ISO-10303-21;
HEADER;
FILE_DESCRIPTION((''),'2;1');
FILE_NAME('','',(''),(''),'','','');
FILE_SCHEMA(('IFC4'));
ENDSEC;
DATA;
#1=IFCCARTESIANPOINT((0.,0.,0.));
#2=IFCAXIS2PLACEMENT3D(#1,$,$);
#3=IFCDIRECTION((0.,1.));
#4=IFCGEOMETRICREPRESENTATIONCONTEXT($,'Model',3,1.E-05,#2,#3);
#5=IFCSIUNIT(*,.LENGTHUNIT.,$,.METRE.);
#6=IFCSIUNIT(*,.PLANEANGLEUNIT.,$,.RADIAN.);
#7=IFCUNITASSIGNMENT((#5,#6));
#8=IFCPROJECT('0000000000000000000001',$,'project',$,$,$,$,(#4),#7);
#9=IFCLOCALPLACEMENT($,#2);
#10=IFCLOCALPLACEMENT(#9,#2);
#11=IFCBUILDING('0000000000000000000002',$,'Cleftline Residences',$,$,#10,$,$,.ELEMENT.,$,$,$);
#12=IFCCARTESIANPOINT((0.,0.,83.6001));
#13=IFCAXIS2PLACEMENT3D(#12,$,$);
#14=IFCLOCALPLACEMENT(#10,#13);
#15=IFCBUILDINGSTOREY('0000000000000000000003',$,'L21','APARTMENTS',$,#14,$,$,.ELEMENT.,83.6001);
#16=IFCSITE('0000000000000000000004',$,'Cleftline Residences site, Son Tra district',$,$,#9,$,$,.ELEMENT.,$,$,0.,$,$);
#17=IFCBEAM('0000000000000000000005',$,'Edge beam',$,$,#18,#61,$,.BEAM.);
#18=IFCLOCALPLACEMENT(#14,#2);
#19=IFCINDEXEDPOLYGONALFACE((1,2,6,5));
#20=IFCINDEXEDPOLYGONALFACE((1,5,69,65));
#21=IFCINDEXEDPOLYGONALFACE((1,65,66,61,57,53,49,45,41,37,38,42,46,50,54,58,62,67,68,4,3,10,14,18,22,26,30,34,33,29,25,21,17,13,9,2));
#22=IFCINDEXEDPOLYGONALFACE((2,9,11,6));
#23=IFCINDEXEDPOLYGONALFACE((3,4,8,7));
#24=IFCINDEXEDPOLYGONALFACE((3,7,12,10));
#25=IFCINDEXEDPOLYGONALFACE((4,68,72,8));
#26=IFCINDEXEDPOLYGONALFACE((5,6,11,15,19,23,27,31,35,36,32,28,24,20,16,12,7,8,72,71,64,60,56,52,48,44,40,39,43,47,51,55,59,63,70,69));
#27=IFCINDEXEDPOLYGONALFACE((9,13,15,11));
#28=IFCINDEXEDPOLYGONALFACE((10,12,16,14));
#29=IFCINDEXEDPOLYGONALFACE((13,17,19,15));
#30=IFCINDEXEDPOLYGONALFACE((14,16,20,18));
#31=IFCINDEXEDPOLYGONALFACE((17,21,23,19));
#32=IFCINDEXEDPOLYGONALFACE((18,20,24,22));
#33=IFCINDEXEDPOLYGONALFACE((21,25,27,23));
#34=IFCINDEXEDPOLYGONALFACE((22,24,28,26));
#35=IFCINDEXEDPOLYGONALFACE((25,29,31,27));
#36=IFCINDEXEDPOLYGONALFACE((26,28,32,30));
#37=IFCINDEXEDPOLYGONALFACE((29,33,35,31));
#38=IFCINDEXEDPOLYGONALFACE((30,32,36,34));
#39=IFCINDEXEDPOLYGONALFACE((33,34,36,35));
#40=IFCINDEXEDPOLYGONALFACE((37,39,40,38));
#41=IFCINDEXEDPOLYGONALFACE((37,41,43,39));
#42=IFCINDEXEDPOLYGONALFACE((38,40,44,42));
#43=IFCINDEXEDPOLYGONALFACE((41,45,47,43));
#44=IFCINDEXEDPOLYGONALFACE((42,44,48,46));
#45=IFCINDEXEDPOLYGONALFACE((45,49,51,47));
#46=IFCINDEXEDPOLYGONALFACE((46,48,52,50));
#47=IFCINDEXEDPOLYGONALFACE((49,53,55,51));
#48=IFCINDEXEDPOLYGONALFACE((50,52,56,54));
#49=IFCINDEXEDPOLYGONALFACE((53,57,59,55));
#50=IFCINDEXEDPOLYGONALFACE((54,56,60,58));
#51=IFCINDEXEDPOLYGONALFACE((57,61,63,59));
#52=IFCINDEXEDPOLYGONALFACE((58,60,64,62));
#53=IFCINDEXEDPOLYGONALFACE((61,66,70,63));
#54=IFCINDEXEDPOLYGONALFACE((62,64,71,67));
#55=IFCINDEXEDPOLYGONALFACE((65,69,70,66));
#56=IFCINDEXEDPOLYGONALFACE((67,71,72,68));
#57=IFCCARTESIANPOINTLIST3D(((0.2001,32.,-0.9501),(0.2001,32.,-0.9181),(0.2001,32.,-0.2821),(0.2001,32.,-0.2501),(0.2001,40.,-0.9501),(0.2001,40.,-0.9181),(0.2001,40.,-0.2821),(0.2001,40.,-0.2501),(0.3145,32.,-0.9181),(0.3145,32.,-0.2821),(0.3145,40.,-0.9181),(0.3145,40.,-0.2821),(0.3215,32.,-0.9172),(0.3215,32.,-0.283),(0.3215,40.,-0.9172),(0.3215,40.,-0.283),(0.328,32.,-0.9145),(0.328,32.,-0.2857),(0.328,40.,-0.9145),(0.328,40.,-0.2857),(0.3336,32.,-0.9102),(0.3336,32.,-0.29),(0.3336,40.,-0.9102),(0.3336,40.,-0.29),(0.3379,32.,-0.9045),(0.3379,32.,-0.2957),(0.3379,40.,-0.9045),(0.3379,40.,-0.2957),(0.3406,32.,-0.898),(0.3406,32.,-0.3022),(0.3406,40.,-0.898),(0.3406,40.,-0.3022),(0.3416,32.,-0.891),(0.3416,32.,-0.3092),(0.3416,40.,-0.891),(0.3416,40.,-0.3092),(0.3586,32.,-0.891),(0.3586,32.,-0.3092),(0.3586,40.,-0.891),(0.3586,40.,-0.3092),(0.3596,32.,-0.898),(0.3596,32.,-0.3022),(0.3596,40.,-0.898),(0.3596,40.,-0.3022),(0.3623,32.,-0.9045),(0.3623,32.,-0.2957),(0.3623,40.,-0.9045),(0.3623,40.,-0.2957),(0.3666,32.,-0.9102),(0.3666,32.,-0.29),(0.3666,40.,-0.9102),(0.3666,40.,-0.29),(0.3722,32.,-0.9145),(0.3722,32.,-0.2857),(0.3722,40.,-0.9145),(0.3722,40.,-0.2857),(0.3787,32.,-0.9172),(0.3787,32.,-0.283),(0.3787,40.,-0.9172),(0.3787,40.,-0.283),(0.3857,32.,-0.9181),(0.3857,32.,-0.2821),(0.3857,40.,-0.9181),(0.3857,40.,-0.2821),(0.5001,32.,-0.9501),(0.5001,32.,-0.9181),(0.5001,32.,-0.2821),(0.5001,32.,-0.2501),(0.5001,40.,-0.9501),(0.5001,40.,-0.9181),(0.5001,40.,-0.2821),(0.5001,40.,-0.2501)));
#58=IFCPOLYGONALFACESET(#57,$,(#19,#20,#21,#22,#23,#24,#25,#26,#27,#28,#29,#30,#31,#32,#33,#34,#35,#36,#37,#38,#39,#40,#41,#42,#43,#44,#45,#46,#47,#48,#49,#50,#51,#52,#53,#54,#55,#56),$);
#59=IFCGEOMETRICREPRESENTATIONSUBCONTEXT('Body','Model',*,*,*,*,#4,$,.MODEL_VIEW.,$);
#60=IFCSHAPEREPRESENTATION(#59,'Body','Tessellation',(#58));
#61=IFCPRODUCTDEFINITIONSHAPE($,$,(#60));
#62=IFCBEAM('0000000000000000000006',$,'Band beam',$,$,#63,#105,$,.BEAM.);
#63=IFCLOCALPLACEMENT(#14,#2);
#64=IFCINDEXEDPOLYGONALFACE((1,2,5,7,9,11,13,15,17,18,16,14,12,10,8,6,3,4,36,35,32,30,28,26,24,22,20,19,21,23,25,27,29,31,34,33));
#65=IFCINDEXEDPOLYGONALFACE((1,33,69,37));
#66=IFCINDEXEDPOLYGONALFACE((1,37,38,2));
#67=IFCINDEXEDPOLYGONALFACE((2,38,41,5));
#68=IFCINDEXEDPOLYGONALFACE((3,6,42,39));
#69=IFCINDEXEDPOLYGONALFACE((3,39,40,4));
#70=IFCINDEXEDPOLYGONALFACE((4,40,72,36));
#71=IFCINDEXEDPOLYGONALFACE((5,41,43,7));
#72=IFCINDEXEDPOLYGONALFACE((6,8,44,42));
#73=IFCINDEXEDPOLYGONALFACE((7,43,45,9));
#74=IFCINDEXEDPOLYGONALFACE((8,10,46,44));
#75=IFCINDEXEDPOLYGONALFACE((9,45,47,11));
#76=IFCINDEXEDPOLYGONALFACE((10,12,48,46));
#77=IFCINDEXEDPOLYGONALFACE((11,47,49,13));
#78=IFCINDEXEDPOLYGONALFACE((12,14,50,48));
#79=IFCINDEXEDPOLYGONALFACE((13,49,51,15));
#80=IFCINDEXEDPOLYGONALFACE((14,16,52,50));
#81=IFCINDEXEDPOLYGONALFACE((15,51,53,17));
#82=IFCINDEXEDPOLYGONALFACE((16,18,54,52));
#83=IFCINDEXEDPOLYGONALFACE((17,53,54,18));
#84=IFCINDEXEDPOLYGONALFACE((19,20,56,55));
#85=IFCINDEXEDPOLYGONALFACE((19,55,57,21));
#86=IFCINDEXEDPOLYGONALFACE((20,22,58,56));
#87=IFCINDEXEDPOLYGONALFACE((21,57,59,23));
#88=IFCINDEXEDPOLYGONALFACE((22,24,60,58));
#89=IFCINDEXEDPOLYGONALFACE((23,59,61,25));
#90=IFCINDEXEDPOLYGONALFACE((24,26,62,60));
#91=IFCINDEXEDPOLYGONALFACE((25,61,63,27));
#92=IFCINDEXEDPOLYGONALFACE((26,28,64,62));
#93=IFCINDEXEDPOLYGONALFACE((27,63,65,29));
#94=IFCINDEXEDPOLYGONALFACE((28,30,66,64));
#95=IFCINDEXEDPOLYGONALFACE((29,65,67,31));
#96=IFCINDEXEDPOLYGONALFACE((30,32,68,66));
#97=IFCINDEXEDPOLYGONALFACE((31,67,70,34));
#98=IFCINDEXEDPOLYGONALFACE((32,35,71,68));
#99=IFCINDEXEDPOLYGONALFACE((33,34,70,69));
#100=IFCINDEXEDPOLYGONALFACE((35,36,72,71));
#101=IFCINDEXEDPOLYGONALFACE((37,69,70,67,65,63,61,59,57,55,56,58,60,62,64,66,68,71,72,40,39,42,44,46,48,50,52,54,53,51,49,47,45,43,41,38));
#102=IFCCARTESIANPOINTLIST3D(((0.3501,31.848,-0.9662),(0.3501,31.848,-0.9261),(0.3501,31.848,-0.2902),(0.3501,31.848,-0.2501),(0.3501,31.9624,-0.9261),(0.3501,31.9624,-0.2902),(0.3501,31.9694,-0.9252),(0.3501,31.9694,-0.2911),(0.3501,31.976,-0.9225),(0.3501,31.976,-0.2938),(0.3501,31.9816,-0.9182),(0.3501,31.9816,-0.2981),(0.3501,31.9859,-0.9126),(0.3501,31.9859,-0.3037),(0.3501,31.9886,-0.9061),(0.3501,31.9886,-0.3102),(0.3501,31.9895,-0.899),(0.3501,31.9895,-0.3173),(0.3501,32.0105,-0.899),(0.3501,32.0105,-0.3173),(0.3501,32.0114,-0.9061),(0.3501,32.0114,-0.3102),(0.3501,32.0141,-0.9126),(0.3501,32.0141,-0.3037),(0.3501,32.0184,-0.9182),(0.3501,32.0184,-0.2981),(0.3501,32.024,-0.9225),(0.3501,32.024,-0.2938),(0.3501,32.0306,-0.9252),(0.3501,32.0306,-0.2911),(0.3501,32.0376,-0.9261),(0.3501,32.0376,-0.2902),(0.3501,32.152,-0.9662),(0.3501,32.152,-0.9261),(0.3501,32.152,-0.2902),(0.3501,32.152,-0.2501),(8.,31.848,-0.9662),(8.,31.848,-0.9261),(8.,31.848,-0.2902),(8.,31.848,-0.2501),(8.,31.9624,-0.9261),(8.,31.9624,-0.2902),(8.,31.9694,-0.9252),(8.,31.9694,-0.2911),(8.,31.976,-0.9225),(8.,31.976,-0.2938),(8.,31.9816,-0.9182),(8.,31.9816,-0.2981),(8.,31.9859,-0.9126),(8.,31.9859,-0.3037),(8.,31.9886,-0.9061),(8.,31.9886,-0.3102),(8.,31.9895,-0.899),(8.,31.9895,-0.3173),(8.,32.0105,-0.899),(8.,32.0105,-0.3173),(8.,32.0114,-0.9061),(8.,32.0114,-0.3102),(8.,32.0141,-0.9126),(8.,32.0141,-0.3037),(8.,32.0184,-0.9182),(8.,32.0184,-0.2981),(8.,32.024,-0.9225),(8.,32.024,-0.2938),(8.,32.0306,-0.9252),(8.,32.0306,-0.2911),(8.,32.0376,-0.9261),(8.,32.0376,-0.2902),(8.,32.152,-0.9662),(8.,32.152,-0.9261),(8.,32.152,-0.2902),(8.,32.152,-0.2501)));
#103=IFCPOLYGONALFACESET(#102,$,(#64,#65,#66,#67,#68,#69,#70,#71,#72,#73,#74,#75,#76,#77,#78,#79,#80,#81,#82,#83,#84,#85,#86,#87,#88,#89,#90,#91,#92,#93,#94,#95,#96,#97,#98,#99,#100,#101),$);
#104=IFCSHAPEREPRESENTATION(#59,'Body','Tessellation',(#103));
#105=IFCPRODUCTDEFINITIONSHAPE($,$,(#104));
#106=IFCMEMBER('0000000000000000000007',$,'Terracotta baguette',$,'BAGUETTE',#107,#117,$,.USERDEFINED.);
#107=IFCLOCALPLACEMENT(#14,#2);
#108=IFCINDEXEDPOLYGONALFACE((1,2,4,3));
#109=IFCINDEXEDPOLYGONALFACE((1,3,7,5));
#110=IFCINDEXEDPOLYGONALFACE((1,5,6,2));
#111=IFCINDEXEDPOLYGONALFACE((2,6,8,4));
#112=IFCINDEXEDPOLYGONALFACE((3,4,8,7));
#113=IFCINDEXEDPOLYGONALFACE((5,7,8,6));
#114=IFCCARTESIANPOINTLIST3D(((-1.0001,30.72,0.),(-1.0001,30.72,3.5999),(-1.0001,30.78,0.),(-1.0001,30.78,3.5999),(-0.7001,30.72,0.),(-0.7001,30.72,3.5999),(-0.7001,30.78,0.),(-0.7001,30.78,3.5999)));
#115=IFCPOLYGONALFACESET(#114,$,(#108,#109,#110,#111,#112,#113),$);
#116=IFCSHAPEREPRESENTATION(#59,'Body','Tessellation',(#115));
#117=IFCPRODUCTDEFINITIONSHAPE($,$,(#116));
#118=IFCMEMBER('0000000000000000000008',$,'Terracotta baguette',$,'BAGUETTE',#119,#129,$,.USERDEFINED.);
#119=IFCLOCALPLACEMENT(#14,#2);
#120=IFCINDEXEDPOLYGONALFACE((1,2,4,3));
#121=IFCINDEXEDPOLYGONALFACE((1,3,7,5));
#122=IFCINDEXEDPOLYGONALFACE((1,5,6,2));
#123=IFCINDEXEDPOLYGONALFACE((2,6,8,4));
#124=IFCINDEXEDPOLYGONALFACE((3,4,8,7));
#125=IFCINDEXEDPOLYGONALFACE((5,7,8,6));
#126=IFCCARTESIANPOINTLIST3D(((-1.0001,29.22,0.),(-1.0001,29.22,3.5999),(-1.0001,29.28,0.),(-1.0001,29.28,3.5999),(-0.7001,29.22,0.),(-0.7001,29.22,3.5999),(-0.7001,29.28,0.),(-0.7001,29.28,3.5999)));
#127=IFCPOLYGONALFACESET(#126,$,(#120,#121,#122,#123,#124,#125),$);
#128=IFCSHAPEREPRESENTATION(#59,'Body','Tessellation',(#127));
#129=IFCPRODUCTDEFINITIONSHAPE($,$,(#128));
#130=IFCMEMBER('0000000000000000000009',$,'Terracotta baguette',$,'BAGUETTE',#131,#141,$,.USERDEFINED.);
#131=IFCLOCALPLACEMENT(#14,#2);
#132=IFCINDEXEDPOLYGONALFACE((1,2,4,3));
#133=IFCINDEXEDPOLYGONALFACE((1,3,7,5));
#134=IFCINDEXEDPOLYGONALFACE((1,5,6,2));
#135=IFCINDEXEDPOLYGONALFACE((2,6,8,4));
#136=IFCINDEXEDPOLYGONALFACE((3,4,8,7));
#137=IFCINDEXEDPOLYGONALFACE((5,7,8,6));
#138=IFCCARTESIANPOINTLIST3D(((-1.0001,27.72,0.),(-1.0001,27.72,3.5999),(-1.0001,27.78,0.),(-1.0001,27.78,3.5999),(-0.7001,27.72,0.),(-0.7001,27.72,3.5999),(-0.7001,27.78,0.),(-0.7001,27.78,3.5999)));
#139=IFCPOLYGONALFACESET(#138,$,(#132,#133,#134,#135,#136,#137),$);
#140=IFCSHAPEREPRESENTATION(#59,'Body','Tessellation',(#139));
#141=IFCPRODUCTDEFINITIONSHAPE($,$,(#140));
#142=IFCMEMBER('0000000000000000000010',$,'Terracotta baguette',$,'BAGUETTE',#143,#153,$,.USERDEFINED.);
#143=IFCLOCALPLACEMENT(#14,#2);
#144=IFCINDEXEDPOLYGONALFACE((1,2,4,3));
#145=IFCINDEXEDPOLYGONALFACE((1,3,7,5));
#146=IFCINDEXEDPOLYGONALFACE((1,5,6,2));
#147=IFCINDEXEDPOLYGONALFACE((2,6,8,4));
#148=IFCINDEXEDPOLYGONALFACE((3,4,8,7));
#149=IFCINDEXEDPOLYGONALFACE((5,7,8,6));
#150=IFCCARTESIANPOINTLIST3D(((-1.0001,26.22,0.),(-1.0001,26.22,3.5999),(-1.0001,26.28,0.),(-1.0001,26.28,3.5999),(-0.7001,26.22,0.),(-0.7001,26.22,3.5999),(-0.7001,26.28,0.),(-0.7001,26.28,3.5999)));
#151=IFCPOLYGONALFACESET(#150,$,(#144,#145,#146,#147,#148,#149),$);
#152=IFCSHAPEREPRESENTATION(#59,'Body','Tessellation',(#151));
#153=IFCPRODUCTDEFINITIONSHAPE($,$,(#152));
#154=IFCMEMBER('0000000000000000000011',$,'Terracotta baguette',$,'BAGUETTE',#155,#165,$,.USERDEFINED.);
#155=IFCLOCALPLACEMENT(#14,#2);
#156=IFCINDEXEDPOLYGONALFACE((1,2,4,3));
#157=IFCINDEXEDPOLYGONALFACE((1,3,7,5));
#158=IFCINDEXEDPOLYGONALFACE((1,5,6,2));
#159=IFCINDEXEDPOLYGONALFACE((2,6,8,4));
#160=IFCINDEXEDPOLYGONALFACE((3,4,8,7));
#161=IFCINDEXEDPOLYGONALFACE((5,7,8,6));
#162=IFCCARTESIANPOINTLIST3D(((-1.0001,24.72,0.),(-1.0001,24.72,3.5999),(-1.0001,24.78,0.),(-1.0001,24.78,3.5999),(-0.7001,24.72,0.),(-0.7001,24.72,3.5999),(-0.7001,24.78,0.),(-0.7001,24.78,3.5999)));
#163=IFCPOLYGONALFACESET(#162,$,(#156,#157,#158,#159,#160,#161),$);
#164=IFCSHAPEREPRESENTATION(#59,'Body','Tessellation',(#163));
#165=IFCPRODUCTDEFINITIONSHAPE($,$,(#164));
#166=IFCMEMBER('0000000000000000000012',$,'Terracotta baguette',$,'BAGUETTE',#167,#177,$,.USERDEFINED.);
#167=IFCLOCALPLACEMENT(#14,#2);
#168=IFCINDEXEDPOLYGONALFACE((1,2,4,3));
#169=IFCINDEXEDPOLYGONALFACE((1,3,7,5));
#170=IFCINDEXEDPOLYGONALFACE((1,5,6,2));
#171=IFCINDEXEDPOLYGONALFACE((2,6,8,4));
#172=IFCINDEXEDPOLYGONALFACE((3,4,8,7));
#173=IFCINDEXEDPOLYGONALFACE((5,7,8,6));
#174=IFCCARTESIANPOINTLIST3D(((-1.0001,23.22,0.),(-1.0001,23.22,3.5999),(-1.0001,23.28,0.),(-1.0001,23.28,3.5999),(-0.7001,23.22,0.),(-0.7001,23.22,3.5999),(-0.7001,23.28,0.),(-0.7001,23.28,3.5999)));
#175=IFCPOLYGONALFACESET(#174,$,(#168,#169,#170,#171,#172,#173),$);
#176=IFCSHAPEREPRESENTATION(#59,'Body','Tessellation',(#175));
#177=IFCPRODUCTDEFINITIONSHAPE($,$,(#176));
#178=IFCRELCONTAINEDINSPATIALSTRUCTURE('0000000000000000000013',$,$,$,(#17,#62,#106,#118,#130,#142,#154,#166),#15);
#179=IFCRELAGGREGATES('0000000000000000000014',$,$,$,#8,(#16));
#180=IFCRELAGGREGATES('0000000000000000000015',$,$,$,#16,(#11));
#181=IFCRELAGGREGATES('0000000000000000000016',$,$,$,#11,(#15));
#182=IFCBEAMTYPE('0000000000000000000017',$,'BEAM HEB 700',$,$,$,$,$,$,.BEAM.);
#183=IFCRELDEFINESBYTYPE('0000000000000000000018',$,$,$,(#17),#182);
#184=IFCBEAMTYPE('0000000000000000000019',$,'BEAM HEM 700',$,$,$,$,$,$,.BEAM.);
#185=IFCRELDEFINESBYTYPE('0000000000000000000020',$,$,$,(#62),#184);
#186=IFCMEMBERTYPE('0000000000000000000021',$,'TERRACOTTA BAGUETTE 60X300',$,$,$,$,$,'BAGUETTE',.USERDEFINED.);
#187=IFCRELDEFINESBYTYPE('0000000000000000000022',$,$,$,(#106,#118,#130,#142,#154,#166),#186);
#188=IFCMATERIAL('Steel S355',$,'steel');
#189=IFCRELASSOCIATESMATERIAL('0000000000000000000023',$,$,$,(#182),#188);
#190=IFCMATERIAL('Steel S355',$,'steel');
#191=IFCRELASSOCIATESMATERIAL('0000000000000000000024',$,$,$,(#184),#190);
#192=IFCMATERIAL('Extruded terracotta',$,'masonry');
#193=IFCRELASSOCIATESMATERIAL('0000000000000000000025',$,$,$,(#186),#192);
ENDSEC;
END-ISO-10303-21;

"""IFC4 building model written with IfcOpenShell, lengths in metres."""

from ifc_helpers import new_model, si_unit, direction, frame, origin, origin_2d, place, context, subcontext, project, spatial, rectangle, i_section, extrude, material, material_profile, profile_set, type_object, element, save


model = new_model("IFC4")

# Units and contexts
model_context = context("Model", 3, precision=1e-05, world=origin(), true_north=direction((0.0, 1.0)))
body_context = subcontext(model_context, "Body", "Model", "MODEL_VIEW")
ifc_project = project(units=[si_unit("LENGTHUNIT", "METRE"), si_unit("PLANEANGLEUNIT", "RADIAN")], contexts=[model_context])

# Site, building, storey
site_placement = place(None, origin())
site = spatial("IfcSite", under=ifc_project, at=site_placement, Name="Cleftline Residences site, Son Tra district", CompositionType="ELEMENT", RefElevation=0.0)
building_placement = place(site_placement, origin())
building = spatial("IfcBuilding", under=site, at=building_placement, Name="Cleftline Residences", CompositionType="ELEMENT")
storey_placement = place(building_placement, frame((0.0, 0.0, 83.6001)))
storey = spatial("IfcBuildingStorey", under=building, at=storey_placement, Name="L21", Description="APARTMENTS", CompositionType="ELEMENT", Elevation=83.6001)

# Beams
ifc_material_1 = material(Name="Steel S355", Category="steel")
ifc_material_profile_1 = material_profile(ifc_material_1, i_section(OverallWidth=0.3, OverallDepth=0.7, WebThickness=0.0171, FlangeThickness=0.032, FilletRadius=0.0271, at=origin_2d()))
ifc_profile_set_1 = profile_set([ifc_material_profile_1], Name="Steel S355")
beam_type_1 = type_object("IfcBeamType", Name="BEAM HEB 700", PredefinedType="BEAM", material=ifc_profile_set_1)
for number, where, z_axis, x_axis, name in (
    (1, (0.3501, 32.0, -0.6001), (0.0, 1.0, 0.0), (-1.0, 0.0, 0.0), "Edge beam"),
):
    element("IfcBeam", number, at=place(storey_placement, frame(where, z_axis=z_axis, x_axis=x_axis)), inside=storey, type_object=beam_type_1, Name=name, PredefinedType="BEAM", context=body_context, shape_type="SweptSolid", body=[
        extrude(i_section(OverallWidth=0.3, OverallDepth=0.7, WebThickness=0.0171, FlangeThickness=0.032, FilletRadius=0.0271, at=origin_2d()), origin(), (0.0, 0.0, 1.0), 8.0),
    ])
ifc_material_2 = material(Name="Steel S355", Category="steel")
ifc_material_profile_2 = material_profile(ifc_material_2, i_section(OverallWidth=0.304, OverallDepth=0.7161, WebThickness=0.021, FlangeThickness=0.04, FilletRadius=0.0271, at=origin_2d()))
ifc_profile_set_2 = profile_set([ifc_material_profile_2], Name="Steel S355")
beam_type_2 = type_object("IfcBeamType", Name="BEAM HEM 700", PredefinedType="BEAM", material=ifc_profile_set_2)
beam_placement = place(storey_placement, frame((0.3501, 32.0, -0.6082), z_axis=(1.0, 0.0, 0.0), x_axis=(0.0, 1.0, 0.0)))
element("IfcBeam", 2, at=beam_placement, inside=storey, type_object=beam_type_2, Name="Band beam", PredefinedType="BEAM", context=body_context, shape_type="SweptSolid", body=[
    extrude(i_section(OverallWidth=0.304, OverallDepth=0.7161, WebThickness=0.021, FlangeThickness=0.04, FilletRadius=0.0271, at=origin_2d()), origin(), (0.0, 0.0, 1.0), 7.6499),
])

# Members
ifc_material_3 = material(Name="Extruded terracotta", Category="masonry")
ifc_material_profile_3 = material_profile(ifc_material_3, rectangle(XDim=0.0601, YDim=0.3, at=origin_2d()))
ifc_profile_set_3 = profile_set([ifc_material_profile_3], Name="Extruded terracotta")
member_type_1 = type_object("IfcMemberType", Name="TERRACOTTA BAGUETTE 60X300", ElementType="BAGUETTE", PredefinedType="USERDEFINED", material=ifc_profile_set_3)
for number, where, z_axis, x_axis, name in (
    (3, (-0.8501, 30.75, 0.0), (0.0, 0.0, 1.0), (0.0, 1.0, 0.0), "Terracotta baguette"),
    (4, (-0.8501, 29.25, 0.0), (0.0, 0.0, 1.0), (0.0, 1.0, 0.0), "Terracotta baguette"),
    (5, (-0.8501, 27.75, 0.0), (0.0, 0.0, 1.0), (0.0, 1.0, 0.0), "Terracotta baguette"),
    (6, (-0.8501, 26.25, 0.0), (0.0, 0.0, 1.0), (0.0, 1.0, 0.0), "Terracotta baguette"),
    (7, (-0.8501, 24.75, 0.0), (0.0, 0.0, 1.0), (0.0, 1.0, 0.0), "Terracotta baguette"),
    (8, (-0.8501, 23.25, 0.0), (0.0, 0.0, 1.0), (0.0, 1.0, 0.0), "Terracotta baguette"),
):
    element("IfcMember", number, at=place(storey_placement, frame(where, z_axis=z_axis, x_axis=x_axis)), inside=storey, type_object=member_type_1, Name=name, ObjectType="BAGUETTE", PredefinedType="USERDEFINED", context=body_context, shape_type="SweptSolid", body=[
        extrude(rectangle(XDim=0.0601, YDim=0.3, at=origin_2d()), origin(), (0.0, 0.0, 1.0), 3.5999),
    ])

save(model, "model.ifc")
